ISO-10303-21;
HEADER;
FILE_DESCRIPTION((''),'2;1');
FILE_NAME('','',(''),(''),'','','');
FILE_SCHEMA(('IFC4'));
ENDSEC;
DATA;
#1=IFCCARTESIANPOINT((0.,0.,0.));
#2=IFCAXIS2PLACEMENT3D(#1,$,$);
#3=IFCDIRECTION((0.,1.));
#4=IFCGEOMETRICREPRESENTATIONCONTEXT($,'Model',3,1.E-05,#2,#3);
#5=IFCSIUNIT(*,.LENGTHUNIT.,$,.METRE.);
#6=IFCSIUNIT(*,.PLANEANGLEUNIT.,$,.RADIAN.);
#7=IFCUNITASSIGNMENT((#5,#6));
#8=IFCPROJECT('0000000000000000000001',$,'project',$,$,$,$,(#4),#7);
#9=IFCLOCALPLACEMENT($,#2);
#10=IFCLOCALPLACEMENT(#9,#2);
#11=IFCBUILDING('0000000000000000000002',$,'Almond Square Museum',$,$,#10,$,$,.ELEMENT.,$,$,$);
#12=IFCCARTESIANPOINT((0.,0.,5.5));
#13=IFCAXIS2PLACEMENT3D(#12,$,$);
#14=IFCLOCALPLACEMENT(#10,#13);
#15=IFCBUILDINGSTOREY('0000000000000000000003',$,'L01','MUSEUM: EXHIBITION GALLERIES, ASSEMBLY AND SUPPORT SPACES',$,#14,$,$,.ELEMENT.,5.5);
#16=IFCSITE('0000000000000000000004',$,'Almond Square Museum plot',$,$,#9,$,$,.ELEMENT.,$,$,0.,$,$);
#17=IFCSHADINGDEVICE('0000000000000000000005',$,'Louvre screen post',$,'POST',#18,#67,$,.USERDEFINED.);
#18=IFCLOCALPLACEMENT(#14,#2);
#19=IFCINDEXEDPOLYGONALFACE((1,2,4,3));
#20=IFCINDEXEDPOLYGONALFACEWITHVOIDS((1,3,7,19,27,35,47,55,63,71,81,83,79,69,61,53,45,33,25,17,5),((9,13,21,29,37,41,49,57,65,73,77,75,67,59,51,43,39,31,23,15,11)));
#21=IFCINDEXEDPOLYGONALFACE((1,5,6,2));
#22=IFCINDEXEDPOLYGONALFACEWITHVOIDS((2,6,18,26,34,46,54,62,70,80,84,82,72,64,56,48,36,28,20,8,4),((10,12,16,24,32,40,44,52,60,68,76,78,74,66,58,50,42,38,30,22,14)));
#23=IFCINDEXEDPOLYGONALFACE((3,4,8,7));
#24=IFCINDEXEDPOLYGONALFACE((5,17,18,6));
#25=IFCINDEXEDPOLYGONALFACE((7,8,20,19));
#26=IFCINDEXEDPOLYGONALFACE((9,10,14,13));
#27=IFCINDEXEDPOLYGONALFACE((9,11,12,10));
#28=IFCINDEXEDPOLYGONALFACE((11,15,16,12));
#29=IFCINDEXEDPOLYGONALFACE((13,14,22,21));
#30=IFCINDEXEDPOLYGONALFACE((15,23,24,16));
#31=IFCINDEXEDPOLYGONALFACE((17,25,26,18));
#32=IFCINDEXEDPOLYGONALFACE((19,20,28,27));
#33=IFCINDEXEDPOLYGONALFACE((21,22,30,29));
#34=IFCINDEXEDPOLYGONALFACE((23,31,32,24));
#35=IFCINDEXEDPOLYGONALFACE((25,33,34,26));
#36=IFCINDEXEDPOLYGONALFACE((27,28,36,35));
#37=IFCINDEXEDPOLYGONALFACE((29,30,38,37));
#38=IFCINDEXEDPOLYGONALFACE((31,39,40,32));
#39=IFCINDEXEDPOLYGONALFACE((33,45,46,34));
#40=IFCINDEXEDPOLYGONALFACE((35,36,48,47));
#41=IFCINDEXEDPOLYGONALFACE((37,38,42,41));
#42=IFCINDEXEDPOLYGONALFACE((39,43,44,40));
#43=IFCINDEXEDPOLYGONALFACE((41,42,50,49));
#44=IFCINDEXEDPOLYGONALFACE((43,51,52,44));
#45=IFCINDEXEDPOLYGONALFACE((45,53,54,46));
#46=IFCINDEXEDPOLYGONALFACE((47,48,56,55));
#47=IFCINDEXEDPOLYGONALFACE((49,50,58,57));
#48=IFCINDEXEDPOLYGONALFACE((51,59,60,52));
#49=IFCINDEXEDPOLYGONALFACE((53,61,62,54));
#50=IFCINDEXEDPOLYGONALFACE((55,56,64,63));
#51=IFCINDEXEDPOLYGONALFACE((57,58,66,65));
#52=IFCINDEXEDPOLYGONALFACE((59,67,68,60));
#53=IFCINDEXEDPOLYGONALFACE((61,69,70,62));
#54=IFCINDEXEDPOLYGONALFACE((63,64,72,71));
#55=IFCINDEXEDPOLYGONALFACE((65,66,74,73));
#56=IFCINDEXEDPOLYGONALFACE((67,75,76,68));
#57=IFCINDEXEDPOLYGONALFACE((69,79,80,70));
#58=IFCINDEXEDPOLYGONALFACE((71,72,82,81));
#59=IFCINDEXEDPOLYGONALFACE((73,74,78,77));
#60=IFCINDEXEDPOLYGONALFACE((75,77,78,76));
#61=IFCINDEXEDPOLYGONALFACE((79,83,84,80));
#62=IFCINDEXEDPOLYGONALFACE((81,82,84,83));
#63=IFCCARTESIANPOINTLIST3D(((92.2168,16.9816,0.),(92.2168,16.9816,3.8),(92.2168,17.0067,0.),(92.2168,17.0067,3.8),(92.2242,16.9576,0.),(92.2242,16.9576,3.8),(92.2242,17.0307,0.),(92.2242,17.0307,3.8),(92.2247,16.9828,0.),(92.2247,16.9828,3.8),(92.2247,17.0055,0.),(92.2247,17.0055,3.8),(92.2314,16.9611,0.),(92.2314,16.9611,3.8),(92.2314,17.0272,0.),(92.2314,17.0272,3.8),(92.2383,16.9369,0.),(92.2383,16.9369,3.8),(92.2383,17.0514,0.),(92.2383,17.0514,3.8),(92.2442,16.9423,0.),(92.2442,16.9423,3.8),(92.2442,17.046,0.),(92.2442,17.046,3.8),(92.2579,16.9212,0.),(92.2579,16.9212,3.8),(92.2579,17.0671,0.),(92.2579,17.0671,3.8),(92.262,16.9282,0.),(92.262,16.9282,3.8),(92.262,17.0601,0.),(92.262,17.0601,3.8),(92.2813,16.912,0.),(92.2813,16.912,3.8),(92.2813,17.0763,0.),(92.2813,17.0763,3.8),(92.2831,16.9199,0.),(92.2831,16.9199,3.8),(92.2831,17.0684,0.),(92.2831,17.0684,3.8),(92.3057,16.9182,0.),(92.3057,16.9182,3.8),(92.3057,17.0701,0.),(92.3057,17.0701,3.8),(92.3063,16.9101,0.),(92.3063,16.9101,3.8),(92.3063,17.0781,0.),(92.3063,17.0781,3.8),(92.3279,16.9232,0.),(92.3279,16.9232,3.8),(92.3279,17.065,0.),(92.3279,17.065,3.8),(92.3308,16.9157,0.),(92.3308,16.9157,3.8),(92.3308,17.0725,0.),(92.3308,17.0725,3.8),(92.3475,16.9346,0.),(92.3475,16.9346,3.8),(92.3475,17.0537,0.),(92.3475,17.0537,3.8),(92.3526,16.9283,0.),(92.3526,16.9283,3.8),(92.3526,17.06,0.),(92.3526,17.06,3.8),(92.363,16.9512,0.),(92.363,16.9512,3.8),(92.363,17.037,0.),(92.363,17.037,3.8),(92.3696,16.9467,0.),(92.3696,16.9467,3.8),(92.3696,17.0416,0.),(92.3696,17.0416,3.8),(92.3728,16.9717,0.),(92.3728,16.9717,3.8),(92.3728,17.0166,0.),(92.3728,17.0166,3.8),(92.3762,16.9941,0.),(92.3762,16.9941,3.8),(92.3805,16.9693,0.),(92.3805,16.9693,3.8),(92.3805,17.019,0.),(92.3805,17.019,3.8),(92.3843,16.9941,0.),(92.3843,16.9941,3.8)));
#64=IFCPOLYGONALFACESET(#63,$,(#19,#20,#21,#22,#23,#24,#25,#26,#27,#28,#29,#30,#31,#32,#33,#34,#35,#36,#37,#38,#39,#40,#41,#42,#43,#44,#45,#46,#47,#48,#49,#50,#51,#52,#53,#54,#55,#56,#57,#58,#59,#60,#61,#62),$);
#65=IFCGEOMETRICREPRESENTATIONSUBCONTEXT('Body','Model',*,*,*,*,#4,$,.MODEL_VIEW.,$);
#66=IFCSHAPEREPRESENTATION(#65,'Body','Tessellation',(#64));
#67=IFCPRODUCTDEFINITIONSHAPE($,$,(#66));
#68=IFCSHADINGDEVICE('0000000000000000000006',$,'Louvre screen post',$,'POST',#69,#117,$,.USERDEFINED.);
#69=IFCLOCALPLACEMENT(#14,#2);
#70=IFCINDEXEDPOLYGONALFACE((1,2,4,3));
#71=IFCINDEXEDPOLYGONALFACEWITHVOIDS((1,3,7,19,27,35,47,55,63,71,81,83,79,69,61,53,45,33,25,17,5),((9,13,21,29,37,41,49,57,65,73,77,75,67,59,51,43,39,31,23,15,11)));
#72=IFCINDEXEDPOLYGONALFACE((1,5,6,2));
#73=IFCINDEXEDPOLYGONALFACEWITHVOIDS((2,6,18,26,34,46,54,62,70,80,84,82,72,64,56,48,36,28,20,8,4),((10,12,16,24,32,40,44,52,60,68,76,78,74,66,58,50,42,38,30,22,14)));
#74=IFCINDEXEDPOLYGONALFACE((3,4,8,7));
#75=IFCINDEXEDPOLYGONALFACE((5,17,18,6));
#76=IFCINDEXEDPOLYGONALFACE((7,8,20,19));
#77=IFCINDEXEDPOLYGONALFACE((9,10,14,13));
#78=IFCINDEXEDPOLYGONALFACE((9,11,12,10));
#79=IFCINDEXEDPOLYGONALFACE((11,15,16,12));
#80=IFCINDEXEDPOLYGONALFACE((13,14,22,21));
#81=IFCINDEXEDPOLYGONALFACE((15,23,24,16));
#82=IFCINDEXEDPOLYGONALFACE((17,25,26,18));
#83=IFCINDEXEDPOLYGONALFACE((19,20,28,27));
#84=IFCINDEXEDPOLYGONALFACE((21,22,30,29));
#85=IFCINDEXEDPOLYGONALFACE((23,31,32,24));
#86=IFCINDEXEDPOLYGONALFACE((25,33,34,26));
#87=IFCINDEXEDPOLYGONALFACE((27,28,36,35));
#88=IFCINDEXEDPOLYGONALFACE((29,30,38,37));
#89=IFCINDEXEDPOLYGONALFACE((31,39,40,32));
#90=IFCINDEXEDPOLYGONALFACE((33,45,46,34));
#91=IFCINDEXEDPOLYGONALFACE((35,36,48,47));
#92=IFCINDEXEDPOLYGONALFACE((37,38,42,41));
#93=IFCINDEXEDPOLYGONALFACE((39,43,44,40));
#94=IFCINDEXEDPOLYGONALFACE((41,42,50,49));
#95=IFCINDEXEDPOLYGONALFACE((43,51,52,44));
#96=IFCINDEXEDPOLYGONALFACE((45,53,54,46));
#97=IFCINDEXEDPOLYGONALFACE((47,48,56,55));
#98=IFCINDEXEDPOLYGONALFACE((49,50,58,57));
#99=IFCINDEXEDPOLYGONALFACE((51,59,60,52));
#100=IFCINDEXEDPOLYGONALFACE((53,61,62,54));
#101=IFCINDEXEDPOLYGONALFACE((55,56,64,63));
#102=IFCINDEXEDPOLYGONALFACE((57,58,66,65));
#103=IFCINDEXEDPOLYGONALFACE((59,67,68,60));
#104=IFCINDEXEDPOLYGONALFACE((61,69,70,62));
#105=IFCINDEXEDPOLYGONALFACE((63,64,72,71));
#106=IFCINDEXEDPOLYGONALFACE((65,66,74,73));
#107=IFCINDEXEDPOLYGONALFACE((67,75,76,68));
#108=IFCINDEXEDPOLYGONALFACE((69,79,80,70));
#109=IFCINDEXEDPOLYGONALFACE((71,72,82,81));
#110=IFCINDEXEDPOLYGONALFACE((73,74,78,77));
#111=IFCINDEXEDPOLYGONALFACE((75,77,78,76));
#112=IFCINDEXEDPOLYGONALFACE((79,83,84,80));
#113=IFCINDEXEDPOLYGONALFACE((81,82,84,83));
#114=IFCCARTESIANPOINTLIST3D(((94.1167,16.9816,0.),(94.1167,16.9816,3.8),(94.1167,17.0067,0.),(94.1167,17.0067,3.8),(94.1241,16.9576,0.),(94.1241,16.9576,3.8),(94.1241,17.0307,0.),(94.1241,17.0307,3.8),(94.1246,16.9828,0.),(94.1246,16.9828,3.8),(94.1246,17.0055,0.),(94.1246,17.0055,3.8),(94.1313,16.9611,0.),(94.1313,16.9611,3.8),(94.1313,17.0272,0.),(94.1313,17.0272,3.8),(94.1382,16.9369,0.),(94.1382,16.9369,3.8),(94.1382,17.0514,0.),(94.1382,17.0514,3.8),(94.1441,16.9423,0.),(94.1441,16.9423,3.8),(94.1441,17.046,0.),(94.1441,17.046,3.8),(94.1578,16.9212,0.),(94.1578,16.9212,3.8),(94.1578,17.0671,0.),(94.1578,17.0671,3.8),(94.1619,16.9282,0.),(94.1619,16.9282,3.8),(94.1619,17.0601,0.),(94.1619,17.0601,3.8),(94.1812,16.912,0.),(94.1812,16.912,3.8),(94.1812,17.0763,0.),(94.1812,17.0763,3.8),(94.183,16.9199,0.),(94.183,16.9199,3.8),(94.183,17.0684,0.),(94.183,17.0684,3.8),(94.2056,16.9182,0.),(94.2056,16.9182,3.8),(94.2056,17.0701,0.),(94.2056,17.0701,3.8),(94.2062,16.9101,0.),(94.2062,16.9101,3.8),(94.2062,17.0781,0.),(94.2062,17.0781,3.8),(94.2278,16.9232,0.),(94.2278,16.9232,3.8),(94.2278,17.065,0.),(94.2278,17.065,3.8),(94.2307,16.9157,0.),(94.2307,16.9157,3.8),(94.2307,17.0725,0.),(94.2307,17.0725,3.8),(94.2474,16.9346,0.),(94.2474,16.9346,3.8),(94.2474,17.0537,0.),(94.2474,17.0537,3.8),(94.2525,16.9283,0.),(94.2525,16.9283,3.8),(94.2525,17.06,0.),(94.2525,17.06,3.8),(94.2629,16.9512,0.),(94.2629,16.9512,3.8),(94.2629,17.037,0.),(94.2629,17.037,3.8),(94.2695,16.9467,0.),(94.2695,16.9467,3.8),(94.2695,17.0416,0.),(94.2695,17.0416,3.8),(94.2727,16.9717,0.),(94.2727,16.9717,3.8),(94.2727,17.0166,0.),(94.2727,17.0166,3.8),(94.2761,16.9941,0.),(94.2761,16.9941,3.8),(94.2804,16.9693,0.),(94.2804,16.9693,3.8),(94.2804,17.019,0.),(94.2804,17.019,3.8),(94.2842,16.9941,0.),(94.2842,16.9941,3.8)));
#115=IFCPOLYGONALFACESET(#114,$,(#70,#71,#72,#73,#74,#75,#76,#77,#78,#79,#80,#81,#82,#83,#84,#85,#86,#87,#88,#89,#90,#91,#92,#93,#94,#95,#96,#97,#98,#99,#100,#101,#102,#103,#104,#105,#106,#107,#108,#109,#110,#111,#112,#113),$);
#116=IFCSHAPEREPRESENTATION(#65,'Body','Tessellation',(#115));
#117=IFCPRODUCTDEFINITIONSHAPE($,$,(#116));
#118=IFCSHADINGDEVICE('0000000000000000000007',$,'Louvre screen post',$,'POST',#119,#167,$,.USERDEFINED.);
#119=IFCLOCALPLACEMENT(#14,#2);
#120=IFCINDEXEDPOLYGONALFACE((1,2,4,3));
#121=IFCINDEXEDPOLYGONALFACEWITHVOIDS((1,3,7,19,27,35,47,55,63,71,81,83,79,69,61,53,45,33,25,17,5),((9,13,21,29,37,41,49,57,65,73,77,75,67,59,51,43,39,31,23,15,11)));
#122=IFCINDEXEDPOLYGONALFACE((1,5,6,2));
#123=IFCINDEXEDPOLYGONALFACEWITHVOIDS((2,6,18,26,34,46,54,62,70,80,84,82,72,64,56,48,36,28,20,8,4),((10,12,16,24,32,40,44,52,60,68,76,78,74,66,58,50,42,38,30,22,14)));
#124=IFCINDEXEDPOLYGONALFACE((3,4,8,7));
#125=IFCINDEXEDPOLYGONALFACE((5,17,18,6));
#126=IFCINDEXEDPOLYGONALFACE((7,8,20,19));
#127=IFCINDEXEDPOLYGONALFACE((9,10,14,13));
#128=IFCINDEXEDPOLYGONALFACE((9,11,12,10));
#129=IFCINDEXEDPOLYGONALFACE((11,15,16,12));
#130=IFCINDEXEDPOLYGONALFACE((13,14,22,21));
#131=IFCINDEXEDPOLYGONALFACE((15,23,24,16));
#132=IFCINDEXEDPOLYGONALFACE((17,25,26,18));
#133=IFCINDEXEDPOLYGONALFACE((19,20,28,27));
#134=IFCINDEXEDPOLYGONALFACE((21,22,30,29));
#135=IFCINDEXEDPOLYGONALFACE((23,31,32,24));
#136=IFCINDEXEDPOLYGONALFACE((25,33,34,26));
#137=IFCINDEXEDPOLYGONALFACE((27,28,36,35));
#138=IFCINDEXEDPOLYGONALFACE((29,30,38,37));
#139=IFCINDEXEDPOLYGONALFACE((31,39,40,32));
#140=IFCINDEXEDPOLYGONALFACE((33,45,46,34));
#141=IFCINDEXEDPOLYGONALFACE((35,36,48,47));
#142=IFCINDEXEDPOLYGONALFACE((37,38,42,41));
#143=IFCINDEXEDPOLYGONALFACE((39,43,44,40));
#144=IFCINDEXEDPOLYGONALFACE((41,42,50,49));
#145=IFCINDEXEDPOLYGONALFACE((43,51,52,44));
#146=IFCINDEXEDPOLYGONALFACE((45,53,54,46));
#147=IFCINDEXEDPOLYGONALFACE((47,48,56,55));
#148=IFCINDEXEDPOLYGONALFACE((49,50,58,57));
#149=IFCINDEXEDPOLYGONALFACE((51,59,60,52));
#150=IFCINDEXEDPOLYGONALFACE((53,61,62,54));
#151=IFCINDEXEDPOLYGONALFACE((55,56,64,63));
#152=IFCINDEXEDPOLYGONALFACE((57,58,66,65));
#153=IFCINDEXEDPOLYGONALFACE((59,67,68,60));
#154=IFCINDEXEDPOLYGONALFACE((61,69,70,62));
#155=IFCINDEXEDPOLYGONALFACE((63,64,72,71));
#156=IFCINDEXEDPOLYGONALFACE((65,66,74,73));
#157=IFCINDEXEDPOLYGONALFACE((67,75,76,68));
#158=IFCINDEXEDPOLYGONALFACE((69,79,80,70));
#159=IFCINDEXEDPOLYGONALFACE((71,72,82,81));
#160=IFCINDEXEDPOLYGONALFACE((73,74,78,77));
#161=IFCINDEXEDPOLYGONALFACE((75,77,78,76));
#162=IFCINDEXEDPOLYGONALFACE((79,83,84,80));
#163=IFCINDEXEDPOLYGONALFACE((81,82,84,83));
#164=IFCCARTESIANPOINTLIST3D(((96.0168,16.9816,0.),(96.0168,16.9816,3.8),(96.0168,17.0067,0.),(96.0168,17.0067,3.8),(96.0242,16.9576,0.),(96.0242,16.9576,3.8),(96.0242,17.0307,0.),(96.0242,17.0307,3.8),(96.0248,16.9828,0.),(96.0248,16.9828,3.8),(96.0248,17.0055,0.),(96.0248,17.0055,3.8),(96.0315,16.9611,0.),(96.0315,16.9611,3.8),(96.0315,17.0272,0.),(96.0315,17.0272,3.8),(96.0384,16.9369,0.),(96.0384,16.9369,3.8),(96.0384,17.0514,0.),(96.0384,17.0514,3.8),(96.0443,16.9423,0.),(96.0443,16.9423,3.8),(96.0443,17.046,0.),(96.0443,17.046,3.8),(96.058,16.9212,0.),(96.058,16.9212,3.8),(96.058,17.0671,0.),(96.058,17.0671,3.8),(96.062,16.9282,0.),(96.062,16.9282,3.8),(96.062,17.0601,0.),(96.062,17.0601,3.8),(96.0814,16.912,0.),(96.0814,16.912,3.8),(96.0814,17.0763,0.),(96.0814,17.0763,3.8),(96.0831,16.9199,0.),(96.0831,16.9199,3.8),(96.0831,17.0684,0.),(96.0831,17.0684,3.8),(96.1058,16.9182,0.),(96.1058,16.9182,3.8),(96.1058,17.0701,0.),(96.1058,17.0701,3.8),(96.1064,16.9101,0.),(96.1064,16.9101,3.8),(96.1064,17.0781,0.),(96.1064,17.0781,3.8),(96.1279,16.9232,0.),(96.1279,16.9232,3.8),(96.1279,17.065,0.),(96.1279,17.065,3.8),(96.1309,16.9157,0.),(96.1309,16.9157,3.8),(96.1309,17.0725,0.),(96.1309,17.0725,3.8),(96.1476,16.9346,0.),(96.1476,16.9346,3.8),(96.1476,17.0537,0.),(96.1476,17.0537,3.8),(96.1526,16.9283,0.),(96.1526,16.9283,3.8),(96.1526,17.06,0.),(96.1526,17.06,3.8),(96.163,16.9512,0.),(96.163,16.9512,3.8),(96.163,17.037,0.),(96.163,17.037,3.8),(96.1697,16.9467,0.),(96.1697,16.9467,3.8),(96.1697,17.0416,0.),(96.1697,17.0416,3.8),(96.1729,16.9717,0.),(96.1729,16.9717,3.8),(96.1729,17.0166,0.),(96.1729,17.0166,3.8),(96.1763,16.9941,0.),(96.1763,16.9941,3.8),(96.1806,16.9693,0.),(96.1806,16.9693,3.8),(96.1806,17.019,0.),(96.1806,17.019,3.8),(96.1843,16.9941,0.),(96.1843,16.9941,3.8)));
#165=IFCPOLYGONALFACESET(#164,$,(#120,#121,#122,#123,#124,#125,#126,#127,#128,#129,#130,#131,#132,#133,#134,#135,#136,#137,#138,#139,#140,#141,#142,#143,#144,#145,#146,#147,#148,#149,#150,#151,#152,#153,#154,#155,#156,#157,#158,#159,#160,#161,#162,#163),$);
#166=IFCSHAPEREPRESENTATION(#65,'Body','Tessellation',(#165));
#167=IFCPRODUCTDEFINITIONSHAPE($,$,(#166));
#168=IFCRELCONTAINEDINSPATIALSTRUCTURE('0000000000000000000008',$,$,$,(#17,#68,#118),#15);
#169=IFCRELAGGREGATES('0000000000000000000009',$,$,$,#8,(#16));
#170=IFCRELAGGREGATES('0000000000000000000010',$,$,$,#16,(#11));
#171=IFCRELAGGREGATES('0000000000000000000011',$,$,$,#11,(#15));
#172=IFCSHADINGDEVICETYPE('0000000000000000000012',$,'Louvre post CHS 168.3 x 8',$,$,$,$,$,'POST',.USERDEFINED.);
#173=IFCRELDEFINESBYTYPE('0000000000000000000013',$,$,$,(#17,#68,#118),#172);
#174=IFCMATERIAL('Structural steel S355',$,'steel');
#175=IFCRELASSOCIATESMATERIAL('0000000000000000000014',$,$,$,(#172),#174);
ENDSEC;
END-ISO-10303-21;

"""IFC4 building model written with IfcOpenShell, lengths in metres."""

from ifc_helpers import new_model, si_unit, direction, frame, origin, origin_2d, place, context, subcontext, project, spatial, hollow_circle, extrude, material, material_profile, profile_set, type_object, element, save


model = new_model("IFC4")

# Units and contexts
model_context = context("Model", 3, precision=1e-05, world=origin(), true_north=direction((0.0, 1.0)))
body_context = subcontext(model_context, "Body", "Model", "MODEL_VIEW")
ifc_project = project(units=[si_unit("LENGTHUNIT", "METRE"), si_unit("PLANEANGLEUNIT", "RADIAN")], contexts=[model_context])

# Site, building, storey
site_placement = place(None, origin())
site = spatial("IfcSite", under=ifc_project, at=site_placement, Name="Almond Square Museum plot", CompositionType="ELEMENT", RefElevation=0.0)
building_placement = place(site_placement, origin())
building = spatial("IfcBuilding", under=site, at=building_placement, Name="Almond Square Museum", CompositionType="ELEMENT")
storey_placement = place(building_placement, frame((0.0, 0.0, 5.5)))
storey = spatial("IfcBuildingStorey", under=building, at=storey_placement, Name="L01", Description="MUSEUM: EXHIBITION GALLERIES, ASSEMBLY AND SUPPORT SPACES", CompositionType="ELEMENT", Elevation=5.5)

# Shading devices
ifc_material_1 = material(Name="Structural steel S355", Category="steel")
ifc_material_profile_1 = material_profile(ifc_material_1, hollow_circle(Radius=0.0842, WallThickness=0.0081, at=origin_2d()))
ifc_profile_set_1 = profile_set([ifc_material_profile_1], Name="Structural steel S355")
shading_device_type = type_object("IfcShadingDeviceType", Name="Louvre post CHS 168.3 x 8", ElementType="POST", PredefinedType="USERDEFINED", material=ifc_profile_set_1)
for number, where, z_axis, x_axis, name in (
    (1, (92.3, 16.9941, 0.0), (0.0, 0.0, 1.0), (1.0, 0.0, 0.0), "Louvre screen post"),
    (2, (94.2, 16.9941, 0.0), (0.0, 0.0, 1.0), (1.0, 0.0, 0.0), "Louvre screen post"),
    (3, (96.1001, 16.9941, 0.0), (0.0, 0.0, 1.0), (1.0, 0.0, 0.0), "Louvre screen post"),
):
    element("IfcShadingDevice", number, at=place(storey_placement, frame(where, z_axis=z_axis, x_axis=x_axis)), inside=storey, type_object=shading_device_type, Name=name, ObjectType="POST", PredefinedType="USERDEFINED", context=body_context, shape_type="SweptSolid", body=[
        extrude(hollow_circle(Radius=0.0842, WallThickness=0.0081, at=origin_2d()), origin(), (0.0, 0.0, 1.0), 3.8),
    ])

save(model, "model.ifc")
